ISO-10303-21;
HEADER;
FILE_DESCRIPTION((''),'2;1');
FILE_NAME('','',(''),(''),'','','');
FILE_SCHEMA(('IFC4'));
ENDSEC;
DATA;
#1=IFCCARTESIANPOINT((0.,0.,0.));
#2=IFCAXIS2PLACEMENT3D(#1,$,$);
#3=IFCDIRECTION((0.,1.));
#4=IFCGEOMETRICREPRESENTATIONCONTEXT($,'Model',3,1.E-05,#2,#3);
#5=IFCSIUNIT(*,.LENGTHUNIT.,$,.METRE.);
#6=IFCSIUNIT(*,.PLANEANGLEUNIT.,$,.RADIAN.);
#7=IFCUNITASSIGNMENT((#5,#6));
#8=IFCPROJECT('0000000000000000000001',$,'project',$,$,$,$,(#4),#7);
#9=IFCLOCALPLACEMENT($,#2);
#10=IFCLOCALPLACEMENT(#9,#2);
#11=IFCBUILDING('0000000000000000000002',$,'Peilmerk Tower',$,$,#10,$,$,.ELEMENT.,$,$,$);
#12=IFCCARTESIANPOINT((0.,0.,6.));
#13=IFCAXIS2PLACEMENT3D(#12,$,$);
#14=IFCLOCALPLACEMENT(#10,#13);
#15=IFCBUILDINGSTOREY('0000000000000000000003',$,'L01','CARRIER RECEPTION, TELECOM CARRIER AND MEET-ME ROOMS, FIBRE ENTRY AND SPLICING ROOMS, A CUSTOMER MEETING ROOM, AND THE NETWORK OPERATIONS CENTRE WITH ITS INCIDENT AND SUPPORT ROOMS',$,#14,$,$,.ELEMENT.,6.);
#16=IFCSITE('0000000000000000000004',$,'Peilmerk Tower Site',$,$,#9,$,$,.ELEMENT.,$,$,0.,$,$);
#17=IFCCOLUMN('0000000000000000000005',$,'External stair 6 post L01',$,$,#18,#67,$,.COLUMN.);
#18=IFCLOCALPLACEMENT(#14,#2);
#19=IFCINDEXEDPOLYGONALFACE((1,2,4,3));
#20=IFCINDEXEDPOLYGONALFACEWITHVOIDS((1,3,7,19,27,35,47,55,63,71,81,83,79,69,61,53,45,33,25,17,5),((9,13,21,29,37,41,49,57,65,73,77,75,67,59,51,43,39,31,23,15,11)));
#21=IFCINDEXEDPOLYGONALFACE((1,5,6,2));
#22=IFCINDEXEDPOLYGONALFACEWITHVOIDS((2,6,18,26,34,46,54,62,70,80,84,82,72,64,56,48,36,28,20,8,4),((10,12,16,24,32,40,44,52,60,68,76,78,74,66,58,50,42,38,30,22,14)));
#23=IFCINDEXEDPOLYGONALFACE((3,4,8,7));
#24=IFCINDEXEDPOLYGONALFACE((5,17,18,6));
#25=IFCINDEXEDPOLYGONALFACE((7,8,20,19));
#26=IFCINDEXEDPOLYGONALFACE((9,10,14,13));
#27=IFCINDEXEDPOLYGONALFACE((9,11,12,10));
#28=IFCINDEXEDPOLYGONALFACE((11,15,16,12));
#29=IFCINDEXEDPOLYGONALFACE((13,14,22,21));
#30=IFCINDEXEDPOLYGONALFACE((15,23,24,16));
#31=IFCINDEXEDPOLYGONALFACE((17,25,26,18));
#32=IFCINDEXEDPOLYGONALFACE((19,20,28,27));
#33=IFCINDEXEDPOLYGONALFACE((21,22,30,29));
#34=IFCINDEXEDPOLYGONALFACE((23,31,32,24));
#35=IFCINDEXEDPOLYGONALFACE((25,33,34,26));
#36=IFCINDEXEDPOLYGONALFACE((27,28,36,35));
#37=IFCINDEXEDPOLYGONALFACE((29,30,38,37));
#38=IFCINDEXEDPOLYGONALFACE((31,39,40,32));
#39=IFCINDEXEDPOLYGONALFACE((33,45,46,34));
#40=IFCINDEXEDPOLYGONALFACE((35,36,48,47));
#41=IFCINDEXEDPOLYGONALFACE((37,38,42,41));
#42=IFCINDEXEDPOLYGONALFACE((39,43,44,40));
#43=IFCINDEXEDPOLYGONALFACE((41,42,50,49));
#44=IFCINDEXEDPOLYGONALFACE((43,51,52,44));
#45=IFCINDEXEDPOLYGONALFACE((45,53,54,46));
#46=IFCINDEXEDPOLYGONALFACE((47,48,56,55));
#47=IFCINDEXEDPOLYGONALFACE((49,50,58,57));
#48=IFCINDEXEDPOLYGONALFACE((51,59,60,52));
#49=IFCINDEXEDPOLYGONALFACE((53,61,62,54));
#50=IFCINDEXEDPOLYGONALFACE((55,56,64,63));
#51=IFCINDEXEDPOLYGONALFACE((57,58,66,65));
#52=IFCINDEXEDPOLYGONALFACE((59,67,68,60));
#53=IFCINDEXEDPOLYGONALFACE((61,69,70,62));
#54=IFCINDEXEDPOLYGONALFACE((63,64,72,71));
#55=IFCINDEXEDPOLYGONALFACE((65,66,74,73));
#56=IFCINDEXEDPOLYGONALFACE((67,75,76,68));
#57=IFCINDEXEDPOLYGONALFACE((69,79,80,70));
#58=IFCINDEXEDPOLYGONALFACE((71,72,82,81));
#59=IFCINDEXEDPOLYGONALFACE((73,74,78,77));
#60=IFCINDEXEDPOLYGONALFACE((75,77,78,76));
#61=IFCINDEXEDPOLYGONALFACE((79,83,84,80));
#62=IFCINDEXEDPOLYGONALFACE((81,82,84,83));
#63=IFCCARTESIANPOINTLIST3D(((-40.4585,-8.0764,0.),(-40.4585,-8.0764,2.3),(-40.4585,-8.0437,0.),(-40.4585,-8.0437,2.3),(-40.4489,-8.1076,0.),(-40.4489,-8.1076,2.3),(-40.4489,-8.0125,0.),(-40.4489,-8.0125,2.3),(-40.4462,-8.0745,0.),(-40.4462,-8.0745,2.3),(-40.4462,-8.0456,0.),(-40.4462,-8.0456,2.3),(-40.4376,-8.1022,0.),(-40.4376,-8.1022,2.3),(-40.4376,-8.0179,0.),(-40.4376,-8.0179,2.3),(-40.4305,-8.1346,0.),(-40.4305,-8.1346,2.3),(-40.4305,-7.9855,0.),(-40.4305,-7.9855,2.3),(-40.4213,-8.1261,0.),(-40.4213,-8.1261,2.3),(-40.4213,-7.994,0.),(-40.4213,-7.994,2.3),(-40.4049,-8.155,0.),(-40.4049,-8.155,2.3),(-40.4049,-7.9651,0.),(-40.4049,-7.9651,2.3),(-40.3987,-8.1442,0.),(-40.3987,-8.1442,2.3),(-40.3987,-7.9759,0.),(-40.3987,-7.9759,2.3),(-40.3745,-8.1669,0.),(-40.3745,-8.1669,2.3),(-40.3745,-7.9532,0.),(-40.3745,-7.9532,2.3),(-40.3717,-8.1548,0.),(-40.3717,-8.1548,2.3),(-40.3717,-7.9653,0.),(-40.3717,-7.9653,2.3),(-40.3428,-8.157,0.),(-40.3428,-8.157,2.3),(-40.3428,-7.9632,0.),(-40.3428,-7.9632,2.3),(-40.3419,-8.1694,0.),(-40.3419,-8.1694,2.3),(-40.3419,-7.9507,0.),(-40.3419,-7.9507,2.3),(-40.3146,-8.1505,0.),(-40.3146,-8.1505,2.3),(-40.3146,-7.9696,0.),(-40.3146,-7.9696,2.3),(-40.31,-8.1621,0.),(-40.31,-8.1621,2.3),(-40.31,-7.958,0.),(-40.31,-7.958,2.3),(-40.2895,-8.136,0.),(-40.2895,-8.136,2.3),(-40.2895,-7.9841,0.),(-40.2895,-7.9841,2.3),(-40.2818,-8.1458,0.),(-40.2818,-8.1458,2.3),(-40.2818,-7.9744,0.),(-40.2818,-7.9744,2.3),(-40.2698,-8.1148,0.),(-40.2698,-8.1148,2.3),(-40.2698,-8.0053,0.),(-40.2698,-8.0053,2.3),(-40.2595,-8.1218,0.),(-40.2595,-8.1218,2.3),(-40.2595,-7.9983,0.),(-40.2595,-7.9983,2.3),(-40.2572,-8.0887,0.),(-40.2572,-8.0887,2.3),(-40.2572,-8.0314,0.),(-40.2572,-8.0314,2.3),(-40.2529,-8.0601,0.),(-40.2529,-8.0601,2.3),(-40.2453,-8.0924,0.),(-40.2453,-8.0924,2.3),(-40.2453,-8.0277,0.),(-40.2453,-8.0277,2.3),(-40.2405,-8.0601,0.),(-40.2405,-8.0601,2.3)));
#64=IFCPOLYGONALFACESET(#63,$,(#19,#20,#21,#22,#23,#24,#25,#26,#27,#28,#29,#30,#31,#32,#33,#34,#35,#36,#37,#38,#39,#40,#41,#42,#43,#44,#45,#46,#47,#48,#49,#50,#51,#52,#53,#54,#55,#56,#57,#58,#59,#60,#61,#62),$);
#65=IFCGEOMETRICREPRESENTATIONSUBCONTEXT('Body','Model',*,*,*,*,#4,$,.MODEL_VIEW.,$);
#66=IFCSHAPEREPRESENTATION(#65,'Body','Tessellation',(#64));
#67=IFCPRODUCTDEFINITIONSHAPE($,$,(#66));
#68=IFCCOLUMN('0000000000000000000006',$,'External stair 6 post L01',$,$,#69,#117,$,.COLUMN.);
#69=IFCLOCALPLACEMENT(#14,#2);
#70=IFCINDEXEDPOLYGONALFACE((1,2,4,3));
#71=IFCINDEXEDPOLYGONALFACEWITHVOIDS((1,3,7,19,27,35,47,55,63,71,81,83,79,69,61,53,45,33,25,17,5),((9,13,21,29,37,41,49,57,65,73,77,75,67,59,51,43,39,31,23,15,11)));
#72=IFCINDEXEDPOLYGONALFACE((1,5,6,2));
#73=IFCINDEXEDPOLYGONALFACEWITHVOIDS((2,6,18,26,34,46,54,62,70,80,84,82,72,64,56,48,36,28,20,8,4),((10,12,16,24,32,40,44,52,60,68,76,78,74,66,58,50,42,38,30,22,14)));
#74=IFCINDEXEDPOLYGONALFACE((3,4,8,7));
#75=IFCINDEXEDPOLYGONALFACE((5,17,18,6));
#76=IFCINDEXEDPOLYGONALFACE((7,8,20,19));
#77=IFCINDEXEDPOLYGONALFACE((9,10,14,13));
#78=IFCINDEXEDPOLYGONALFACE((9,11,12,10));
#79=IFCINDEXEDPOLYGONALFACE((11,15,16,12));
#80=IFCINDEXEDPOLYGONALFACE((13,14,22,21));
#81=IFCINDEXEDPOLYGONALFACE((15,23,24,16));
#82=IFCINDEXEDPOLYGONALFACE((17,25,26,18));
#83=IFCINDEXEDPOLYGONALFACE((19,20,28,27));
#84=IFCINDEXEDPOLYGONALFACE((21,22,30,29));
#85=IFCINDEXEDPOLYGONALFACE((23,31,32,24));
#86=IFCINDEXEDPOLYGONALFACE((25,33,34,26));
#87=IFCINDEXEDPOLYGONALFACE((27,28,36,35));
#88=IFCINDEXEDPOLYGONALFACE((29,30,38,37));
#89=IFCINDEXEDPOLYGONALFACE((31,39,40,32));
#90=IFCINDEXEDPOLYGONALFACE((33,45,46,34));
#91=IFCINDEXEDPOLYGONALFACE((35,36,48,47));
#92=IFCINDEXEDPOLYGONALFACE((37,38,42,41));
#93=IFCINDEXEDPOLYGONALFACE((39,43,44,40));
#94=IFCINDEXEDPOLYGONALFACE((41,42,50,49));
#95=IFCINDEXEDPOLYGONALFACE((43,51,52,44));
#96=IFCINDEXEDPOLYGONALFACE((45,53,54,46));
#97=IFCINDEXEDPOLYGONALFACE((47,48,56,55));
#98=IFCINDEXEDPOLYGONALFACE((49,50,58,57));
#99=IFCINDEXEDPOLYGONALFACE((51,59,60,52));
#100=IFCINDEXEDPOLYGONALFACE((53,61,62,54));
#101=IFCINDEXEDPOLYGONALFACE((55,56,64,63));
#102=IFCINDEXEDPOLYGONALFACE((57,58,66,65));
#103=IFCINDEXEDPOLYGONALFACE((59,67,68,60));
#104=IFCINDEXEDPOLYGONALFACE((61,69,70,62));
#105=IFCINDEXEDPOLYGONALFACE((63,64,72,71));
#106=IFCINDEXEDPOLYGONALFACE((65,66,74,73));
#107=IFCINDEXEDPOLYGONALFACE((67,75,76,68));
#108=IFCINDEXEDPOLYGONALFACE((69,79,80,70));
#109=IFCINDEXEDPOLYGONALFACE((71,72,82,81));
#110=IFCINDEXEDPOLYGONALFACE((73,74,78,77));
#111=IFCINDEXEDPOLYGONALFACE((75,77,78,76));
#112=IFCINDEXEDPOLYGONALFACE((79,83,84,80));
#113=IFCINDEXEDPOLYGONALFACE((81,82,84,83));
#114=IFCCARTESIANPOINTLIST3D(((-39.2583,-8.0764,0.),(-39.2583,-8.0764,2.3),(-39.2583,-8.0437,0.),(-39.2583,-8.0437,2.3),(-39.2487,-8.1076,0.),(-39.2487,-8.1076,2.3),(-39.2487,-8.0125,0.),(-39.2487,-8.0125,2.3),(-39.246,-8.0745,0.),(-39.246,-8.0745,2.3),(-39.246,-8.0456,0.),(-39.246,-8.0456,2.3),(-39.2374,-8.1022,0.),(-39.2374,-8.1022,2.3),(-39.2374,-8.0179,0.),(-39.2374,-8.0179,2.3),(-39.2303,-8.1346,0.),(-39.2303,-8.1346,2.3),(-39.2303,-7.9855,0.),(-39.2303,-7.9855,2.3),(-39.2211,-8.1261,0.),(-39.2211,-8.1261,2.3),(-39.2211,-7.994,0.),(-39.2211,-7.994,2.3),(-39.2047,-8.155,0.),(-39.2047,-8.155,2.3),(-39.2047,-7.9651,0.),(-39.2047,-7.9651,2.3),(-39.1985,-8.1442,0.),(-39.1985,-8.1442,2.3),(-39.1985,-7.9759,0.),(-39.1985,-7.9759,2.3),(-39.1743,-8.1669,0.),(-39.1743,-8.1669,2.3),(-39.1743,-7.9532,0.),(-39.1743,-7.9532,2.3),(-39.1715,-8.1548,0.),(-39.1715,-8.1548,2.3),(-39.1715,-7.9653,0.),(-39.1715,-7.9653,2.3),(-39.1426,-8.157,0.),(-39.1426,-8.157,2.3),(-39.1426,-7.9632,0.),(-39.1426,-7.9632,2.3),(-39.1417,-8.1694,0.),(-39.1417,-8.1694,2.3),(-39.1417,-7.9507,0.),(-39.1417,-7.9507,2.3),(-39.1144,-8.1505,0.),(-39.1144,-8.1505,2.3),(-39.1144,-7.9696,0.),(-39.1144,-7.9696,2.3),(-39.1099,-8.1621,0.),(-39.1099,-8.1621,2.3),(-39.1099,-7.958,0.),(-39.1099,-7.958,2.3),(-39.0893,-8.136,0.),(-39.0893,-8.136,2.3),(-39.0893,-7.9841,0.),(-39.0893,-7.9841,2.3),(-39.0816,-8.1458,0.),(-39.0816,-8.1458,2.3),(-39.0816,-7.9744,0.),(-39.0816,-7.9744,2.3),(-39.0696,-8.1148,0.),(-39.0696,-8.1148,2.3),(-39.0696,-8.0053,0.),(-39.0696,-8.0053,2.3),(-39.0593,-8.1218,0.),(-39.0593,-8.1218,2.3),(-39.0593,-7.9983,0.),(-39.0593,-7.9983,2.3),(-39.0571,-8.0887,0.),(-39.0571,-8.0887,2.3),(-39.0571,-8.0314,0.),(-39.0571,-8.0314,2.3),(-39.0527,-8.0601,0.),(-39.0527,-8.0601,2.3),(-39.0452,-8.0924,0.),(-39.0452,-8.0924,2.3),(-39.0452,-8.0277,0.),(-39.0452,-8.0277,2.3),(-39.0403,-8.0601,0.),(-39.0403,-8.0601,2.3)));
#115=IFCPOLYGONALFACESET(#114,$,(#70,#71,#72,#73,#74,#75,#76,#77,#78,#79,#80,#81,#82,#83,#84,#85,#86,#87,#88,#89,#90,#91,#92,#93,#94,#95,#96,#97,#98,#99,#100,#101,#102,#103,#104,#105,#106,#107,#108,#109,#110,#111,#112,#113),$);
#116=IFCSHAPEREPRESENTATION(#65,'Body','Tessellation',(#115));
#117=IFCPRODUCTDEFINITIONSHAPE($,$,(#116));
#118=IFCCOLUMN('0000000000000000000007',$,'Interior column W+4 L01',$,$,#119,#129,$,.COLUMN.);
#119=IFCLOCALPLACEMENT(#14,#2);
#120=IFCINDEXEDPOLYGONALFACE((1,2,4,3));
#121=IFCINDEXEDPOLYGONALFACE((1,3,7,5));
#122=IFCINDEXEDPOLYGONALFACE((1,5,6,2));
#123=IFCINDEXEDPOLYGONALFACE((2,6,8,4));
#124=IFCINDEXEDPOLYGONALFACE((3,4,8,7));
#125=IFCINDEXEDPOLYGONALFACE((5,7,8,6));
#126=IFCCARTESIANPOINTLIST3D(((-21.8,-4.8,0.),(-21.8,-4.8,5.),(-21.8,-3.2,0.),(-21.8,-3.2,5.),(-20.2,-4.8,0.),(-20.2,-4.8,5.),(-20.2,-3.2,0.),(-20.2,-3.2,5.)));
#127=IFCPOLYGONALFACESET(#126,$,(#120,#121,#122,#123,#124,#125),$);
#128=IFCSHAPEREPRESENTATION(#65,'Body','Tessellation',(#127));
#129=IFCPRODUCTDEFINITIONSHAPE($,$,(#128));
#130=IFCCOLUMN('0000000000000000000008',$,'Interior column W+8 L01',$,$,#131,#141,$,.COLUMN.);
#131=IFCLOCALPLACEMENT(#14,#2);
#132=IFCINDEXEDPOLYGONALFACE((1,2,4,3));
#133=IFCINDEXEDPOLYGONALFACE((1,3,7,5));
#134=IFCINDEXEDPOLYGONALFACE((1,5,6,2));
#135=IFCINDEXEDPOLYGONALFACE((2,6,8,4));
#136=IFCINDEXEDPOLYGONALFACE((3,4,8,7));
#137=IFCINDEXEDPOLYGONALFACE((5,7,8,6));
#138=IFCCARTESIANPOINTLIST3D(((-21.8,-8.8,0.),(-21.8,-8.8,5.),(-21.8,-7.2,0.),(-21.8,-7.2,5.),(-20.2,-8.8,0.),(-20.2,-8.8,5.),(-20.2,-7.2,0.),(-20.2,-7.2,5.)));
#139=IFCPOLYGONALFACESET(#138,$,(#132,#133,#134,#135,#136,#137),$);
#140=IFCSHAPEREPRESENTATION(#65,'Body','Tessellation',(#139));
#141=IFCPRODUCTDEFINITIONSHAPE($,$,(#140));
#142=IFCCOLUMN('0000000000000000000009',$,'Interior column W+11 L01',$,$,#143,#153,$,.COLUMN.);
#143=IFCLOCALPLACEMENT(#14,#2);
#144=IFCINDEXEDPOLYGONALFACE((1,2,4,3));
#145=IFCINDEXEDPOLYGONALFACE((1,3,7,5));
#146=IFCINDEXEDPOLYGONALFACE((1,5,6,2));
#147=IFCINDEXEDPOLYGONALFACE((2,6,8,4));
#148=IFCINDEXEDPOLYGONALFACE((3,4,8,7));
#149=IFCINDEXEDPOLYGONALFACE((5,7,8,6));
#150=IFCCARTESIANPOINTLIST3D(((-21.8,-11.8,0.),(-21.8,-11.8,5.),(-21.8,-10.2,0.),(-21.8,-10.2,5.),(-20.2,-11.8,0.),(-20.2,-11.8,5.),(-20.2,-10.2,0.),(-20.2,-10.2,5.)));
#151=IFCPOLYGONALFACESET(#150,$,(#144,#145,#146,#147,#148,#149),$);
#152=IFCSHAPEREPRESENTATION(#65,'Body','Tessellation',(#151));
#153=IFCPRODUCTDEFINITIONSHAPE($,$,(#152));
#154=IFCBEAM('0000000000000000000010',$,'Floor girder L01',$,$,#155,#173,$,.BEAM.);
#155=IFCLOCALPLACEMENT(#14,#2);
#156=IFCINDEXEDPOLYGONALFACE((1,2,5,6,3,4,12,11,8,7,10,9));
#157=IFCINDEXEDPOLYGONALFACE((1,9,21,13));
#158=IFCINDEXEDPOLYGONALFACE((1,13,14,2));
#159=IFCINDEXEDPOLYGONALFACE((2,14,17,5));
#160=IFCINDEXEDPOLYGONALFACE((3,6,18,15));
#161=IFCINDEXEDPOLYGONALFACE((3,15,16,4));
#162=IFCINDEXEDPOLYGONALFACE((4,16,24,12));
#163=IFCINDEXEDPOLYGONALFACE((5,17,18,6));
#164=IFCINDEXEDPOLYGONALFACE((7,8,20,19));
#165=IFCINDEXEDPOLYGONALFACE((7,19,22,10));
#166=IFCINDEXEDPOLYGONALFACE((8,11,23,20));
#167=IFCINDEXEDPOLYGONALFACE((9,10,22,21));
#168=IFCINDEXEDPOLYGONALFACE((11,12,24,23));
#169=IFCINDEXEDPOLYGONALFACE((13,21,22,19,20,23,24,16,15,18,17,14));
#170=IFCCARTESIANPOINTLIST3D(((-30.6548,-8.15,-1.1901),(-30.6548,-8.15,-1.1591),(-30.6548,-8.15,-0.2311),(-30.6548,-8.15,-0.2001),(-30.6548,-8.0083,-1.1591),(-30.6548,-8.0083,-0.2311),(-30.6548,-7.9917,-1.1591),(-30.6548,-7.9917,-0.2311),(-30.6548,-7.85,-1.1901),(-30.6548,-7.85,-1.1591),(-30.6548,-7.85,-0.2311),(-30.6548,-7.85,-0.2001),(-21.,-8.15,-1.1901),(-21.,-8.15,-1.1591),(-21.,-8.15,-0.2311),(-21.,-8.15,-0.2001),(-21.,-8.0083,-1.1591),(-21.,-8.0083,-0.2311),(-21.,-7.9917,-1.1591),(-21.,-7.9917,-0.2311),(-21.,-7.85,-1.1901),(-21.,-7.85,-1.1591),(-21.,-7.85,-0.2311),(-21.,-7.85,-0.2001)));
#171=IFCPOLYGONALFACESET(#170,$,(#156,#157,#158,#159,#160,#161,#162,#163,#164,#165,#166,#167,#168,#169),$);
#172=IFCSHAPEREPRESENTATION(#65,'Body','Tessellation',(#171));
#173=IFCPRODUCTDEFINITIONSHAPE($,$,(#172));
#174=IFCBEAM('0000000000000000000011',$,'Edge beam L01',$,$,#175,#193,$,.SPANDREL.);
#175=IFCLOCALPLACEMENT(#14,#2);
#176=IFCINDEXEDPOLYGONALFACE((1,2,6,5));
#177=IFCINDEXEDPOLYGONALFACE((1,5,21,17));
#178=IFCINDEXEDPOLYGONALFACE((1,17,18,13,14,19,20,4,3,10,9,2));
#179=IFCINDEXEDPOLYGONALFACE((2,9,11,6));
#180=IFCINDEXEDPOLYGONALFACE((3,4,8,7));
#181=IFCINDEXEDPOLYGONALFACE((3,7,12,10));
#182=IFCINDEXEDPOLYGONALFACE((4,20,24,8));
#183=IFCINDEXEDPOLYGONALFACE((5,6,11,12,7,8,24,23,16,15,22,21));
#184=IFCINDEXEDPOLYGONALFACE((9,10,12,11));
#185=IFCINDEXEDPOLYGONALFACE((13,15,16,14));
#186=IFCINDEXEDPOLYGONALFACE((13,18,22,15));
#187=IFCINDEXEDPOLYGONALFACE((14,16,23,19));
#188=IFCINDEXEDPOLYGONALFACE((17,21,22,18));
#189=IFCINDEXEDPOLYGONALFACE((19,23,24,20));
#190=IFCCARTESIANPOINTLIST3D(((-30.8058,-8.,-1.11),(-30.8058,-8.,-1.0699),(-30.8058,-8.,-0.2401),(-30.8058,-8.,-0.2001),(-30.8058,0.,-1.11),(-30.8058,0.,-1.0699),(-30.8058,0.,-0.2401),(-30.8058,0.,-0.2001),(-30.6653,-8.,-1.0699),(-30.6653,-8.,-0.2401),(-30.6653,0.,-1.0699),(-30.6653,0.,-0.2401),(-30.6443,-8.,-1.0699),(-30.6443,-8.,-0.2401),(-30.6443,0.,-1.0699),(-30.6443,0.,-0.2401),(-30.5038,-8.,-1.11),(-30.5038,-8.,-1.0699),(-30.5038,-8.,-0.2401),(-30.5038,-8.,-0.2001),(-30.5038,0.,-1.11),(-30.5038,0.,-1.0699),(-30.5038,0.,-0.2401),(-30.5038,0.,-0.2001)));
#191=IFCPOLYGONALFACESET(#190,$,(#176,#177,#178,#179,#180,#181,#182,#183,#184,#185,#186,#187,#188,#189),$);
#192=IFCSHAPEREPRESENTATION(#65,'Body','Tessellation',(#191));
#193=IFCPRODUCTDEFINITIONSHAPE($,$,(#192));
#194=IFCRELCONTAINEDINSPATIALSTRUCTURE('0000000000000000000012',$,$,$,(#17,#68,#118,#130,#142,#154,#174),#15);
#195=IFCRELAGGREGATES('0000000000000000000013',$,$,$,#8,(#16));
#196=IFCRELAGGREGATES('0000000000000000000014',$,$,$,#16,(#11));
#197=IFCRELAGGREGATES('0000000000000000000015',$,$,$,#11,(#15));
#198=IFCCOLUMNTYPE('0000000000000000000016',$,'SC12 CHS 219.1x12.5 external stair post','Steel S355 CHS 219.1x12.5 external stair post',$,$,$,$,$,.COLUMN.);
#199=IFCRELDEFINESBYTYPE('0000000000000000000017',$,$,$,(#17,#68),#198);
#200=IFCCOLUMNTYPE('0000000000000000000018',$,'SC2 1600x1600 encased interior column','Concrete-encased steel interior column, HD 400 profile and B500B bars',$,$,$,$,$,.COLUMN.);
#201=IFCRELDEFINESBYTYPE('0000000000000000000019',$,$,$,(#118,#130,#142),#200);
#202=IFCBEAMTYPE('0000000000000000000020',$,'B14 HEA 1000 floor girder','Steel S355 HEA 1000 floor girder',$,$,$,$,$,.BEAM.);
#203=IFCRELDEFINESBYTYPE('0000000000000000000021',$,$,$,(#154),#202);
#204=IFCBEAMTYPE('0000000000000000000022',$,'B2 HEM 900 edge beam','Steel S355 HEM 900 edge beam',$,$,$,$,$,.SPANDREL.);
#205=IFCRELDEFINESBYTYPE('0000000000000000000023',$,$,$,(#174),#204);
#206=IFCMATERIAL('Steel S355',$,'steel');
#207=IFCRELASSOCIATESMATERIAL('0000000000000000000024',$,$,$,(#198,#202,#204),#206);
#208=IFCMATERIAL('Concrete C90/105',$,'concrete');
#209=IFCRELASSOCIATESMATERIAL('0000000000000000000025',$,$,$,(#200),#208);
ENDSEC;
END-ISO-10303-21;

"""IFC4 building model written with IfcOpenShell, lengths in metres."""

from ifc_helpers import new_model, si_unit, direction, frame, origin, origin_2d, place, context, subcontext, project, spatial, rectangle, hollow_circle, i_section, extrude, material, material_profile, profile_set, type_object, element, save


model = new_model("IFC4")

# Units and contexts
model_context = context("Model", 3, precision=1e-05, world=origin(), true_north=direction((0.0, 1.0)))
body_context = subcontext(model_context, "Body", "Model", "MODEL_VIEW")
ifc_project = project(units=[si_unit("LENGTHUNIT", "METRE"), si_unit("PLANEANGLEUNIT", "RADIAN")], contexts=[model_context])

# Site, building, storey
site_placement = place(None, origin())
site = spatial("IfcSite", under=ifc_project, at=site_placement, Name="Peilmerk Tower Site", CompositionType="ELEMENT", RefElevation=0.0)
building_placement = place(site_placement, origin())
building = spatial("IfcBuilding", under=site, at=building_placement, Name="Peilmerk Tower", CompositionType="ELEMENT")
storey_placement = place(building_placement, frame((0.0, 0.0, 6.0)))
storey = spatial("IfcBuildingStorey", under=building, at=storey_placement, Name="L01", Description="CARRIER RECEPTION, TELECOM CARRIER AND MEET-ME ROOMS, FIBRE ENTRY AND SPLICING ROOMS, A CUSTOMER MEETING ROOM, AND THE NETWORK OPERATIONS CENTRE WITH ITS INCIDENT AND SUPPORT ROOMS", CompositionType="ELEMENT", Elevation=6.0)

# Columns
ifc_material_1 = material(Name="Concrete C90/105", Category="concrete")
ifc_material_2 = material(Name="Steel S355", Category="steel")
ifc_material_profile_1 = material_profile(ifc_material_2, hollow_circle(Radius=0.1096, WallThickness=0.0125, at=origin_2d()), Name="CHS 219.1x12.5")
ifc_profile_set_1 = profile_set([ifc_material_profile_1], Name="Steel S355")
column_type_1 = type_object("IfcColumnType", Name="SC12 CHS 219.1x12.5 external stair post", Description="Steel S355 CHS 219.1x12.5 external stair post", PredefinedType="COLUMN", material=ifc_profile_set_1)
for number, where, z_axis, x_axis, name in (
    (1, (-40.3501, -8.0601, 0.0), (0.0, 0.0, 1.0), (1.0, 0.0, 0.0), "External stair 6 post L01"),
    (2, (-39.1499, -8.0601, 0.0), (0.0, 0.0, 1.0), (1.0, 0.0, 0.0), "External stair 6 post L01"),
):
    element("IfcColumn", number, at=place(storey_placement, frame(where, z_axis=z_axis, x_axis=x_axis)), inside=storey, type_object=column_type_1, Name=name, PredefinedType="COLUMN", context=body_context, shape_type="SweptSolid", body=[
        extrude(hollow_circle(Radius=0.1096, WallThickness=0.0125, at=origin_2d()), origin(), (0.0, 0.0, 1.0), 2.3),
    ])
ifc_material_profile_2 = material_profile(ifc_material_1, rectangle(XDim=1.6001, YDim=1.6001, at=origin_2d()), Name="RC 1600x1600")
ifc_profile_set_2 = profile_set([ifc_material_profile_2], Name="Concrete C90/105")
column_type_2 = type_object("IfcColumnType", Name="SC2 1600x1600 encased interior column", Description="Concrete-encased steel interior column, HD 400 profile and B500B bars", PredefinedType="COLUMN", material=ifc_profile_set_2)
for number, where, z_axis, x_axis, name in (
    (3, (-21.0, -4.0, 0.0), (0.0, 0.0, 1.0), (1.0, 0.0, 0.0), "Interior column W+4 L01"),
    (4, (-21.0, -8.0, 0.0), (0.0, 0.0, 1.0), (1.0, 0.0, 0.0), "Interior column W+8 L01"),
    (5, (-21.0, -11.0, 0.0), (0.0, 0.0, 1.0), (1.0, 0.0, 0.0), "Interior column W+11 L01"),
):
    element("IfcColumn", number, at=place(storey_placement, frame(where, z_axis=z_axis, x_axis=x_axis)), inside=storey, type_object=column_type_2, Name=name, PredefinedType="COLUMN", context=body_context, shape_type="SweptSolid", body=[
        extrude(rectangle(XDim=1.6001, YDim=1.6001, at=origin_2d()), origin(), (0.0, 0.0, 1.0), 5.0),
    ])

# Beams
ifc_material_profile_3 = material_profile(ifc_material_2, i_section(OverallWidth=0.3, OverallDepth=0.99, WebThickness=0.0166, FlangeThickness=0.031, at=origin_2d()), Name="HEA 1000")
ifc_profile_set_3 = profile_set([ifc_material_profile_3], Name="Steel S355")
beam_type_1 = type_object("IfcBeamType", Name="B14 HEA 1000 floor girder", Description="Steel S355 HEA 1000 floor girder", PredefinedType="BEAM", material=ifc_profile_set_3)
beam_1_placement = place(storey_placement, frame((-21.0, -8.0, -0.6951), z_axis=(-1.0, 0.0, 0.0), x_axis=(0.0, -1.0, 0.0)))
element("IfcBeam", 6, at=beam_1_placement, inside=storey, type_object=beam_type_1, Name="Floor girder L01", PredefinedType="BEAM", context=body_context, shape_type="SweptSolid", body=[
    extrude(i_section(OverallWidth=0.3, OverallDepth=0.99, WebThickness=0.0166, FlangeThickness=0.031, at=origin_2d()), origin(), (0.0, 0.0, 1.0), 9.6548),
])
ifc_material_profile_4 = material_profile(ifc_material_2, i_section(OverallWidth=0.302, OverallDepth=0.9099, WebThickness=0.021, FlangeThickness=0.04, at=origin_2d()), Name="HEM 900")
ifc_profile_set_4 = profile_set([ifc_material_profile_4], Name="Steel S355")
beam_type_2 = type_object("IfcBeamType", Name="B2 HEM 900 edge beam", Description="Steel S355 HEM 900 edge beam", PredefinedType="SPANDREL", material=ifc_profile_set_4)
for number, where, z_axis, x_axis, name in (
    (7, (-30.6548, 0.0, -0.655), (0.0, -1.0, 0.0), (1.0, 0.0, 0.0), "Edge beam L01"),
):
    element("IfcBeam", number, at=place(storey_placement, frame(where, z_axis=z_axis, x_axis=x_axis)), inside=storey, type_object=beam_type_2, Name=name, PredefinedType="SPANDREL", context=body_context, shape_type="SweptSolid", body=[
        extrude(i_section(OverallWidth=0.302, OverallDepth=0.9099, WebThickness=0.021, FlangeThickness=0.04, at=origin_2d()), origin(), (0.0, 0.0, 1.0), 8.0),
    ])

save(model, "model.ifc")
